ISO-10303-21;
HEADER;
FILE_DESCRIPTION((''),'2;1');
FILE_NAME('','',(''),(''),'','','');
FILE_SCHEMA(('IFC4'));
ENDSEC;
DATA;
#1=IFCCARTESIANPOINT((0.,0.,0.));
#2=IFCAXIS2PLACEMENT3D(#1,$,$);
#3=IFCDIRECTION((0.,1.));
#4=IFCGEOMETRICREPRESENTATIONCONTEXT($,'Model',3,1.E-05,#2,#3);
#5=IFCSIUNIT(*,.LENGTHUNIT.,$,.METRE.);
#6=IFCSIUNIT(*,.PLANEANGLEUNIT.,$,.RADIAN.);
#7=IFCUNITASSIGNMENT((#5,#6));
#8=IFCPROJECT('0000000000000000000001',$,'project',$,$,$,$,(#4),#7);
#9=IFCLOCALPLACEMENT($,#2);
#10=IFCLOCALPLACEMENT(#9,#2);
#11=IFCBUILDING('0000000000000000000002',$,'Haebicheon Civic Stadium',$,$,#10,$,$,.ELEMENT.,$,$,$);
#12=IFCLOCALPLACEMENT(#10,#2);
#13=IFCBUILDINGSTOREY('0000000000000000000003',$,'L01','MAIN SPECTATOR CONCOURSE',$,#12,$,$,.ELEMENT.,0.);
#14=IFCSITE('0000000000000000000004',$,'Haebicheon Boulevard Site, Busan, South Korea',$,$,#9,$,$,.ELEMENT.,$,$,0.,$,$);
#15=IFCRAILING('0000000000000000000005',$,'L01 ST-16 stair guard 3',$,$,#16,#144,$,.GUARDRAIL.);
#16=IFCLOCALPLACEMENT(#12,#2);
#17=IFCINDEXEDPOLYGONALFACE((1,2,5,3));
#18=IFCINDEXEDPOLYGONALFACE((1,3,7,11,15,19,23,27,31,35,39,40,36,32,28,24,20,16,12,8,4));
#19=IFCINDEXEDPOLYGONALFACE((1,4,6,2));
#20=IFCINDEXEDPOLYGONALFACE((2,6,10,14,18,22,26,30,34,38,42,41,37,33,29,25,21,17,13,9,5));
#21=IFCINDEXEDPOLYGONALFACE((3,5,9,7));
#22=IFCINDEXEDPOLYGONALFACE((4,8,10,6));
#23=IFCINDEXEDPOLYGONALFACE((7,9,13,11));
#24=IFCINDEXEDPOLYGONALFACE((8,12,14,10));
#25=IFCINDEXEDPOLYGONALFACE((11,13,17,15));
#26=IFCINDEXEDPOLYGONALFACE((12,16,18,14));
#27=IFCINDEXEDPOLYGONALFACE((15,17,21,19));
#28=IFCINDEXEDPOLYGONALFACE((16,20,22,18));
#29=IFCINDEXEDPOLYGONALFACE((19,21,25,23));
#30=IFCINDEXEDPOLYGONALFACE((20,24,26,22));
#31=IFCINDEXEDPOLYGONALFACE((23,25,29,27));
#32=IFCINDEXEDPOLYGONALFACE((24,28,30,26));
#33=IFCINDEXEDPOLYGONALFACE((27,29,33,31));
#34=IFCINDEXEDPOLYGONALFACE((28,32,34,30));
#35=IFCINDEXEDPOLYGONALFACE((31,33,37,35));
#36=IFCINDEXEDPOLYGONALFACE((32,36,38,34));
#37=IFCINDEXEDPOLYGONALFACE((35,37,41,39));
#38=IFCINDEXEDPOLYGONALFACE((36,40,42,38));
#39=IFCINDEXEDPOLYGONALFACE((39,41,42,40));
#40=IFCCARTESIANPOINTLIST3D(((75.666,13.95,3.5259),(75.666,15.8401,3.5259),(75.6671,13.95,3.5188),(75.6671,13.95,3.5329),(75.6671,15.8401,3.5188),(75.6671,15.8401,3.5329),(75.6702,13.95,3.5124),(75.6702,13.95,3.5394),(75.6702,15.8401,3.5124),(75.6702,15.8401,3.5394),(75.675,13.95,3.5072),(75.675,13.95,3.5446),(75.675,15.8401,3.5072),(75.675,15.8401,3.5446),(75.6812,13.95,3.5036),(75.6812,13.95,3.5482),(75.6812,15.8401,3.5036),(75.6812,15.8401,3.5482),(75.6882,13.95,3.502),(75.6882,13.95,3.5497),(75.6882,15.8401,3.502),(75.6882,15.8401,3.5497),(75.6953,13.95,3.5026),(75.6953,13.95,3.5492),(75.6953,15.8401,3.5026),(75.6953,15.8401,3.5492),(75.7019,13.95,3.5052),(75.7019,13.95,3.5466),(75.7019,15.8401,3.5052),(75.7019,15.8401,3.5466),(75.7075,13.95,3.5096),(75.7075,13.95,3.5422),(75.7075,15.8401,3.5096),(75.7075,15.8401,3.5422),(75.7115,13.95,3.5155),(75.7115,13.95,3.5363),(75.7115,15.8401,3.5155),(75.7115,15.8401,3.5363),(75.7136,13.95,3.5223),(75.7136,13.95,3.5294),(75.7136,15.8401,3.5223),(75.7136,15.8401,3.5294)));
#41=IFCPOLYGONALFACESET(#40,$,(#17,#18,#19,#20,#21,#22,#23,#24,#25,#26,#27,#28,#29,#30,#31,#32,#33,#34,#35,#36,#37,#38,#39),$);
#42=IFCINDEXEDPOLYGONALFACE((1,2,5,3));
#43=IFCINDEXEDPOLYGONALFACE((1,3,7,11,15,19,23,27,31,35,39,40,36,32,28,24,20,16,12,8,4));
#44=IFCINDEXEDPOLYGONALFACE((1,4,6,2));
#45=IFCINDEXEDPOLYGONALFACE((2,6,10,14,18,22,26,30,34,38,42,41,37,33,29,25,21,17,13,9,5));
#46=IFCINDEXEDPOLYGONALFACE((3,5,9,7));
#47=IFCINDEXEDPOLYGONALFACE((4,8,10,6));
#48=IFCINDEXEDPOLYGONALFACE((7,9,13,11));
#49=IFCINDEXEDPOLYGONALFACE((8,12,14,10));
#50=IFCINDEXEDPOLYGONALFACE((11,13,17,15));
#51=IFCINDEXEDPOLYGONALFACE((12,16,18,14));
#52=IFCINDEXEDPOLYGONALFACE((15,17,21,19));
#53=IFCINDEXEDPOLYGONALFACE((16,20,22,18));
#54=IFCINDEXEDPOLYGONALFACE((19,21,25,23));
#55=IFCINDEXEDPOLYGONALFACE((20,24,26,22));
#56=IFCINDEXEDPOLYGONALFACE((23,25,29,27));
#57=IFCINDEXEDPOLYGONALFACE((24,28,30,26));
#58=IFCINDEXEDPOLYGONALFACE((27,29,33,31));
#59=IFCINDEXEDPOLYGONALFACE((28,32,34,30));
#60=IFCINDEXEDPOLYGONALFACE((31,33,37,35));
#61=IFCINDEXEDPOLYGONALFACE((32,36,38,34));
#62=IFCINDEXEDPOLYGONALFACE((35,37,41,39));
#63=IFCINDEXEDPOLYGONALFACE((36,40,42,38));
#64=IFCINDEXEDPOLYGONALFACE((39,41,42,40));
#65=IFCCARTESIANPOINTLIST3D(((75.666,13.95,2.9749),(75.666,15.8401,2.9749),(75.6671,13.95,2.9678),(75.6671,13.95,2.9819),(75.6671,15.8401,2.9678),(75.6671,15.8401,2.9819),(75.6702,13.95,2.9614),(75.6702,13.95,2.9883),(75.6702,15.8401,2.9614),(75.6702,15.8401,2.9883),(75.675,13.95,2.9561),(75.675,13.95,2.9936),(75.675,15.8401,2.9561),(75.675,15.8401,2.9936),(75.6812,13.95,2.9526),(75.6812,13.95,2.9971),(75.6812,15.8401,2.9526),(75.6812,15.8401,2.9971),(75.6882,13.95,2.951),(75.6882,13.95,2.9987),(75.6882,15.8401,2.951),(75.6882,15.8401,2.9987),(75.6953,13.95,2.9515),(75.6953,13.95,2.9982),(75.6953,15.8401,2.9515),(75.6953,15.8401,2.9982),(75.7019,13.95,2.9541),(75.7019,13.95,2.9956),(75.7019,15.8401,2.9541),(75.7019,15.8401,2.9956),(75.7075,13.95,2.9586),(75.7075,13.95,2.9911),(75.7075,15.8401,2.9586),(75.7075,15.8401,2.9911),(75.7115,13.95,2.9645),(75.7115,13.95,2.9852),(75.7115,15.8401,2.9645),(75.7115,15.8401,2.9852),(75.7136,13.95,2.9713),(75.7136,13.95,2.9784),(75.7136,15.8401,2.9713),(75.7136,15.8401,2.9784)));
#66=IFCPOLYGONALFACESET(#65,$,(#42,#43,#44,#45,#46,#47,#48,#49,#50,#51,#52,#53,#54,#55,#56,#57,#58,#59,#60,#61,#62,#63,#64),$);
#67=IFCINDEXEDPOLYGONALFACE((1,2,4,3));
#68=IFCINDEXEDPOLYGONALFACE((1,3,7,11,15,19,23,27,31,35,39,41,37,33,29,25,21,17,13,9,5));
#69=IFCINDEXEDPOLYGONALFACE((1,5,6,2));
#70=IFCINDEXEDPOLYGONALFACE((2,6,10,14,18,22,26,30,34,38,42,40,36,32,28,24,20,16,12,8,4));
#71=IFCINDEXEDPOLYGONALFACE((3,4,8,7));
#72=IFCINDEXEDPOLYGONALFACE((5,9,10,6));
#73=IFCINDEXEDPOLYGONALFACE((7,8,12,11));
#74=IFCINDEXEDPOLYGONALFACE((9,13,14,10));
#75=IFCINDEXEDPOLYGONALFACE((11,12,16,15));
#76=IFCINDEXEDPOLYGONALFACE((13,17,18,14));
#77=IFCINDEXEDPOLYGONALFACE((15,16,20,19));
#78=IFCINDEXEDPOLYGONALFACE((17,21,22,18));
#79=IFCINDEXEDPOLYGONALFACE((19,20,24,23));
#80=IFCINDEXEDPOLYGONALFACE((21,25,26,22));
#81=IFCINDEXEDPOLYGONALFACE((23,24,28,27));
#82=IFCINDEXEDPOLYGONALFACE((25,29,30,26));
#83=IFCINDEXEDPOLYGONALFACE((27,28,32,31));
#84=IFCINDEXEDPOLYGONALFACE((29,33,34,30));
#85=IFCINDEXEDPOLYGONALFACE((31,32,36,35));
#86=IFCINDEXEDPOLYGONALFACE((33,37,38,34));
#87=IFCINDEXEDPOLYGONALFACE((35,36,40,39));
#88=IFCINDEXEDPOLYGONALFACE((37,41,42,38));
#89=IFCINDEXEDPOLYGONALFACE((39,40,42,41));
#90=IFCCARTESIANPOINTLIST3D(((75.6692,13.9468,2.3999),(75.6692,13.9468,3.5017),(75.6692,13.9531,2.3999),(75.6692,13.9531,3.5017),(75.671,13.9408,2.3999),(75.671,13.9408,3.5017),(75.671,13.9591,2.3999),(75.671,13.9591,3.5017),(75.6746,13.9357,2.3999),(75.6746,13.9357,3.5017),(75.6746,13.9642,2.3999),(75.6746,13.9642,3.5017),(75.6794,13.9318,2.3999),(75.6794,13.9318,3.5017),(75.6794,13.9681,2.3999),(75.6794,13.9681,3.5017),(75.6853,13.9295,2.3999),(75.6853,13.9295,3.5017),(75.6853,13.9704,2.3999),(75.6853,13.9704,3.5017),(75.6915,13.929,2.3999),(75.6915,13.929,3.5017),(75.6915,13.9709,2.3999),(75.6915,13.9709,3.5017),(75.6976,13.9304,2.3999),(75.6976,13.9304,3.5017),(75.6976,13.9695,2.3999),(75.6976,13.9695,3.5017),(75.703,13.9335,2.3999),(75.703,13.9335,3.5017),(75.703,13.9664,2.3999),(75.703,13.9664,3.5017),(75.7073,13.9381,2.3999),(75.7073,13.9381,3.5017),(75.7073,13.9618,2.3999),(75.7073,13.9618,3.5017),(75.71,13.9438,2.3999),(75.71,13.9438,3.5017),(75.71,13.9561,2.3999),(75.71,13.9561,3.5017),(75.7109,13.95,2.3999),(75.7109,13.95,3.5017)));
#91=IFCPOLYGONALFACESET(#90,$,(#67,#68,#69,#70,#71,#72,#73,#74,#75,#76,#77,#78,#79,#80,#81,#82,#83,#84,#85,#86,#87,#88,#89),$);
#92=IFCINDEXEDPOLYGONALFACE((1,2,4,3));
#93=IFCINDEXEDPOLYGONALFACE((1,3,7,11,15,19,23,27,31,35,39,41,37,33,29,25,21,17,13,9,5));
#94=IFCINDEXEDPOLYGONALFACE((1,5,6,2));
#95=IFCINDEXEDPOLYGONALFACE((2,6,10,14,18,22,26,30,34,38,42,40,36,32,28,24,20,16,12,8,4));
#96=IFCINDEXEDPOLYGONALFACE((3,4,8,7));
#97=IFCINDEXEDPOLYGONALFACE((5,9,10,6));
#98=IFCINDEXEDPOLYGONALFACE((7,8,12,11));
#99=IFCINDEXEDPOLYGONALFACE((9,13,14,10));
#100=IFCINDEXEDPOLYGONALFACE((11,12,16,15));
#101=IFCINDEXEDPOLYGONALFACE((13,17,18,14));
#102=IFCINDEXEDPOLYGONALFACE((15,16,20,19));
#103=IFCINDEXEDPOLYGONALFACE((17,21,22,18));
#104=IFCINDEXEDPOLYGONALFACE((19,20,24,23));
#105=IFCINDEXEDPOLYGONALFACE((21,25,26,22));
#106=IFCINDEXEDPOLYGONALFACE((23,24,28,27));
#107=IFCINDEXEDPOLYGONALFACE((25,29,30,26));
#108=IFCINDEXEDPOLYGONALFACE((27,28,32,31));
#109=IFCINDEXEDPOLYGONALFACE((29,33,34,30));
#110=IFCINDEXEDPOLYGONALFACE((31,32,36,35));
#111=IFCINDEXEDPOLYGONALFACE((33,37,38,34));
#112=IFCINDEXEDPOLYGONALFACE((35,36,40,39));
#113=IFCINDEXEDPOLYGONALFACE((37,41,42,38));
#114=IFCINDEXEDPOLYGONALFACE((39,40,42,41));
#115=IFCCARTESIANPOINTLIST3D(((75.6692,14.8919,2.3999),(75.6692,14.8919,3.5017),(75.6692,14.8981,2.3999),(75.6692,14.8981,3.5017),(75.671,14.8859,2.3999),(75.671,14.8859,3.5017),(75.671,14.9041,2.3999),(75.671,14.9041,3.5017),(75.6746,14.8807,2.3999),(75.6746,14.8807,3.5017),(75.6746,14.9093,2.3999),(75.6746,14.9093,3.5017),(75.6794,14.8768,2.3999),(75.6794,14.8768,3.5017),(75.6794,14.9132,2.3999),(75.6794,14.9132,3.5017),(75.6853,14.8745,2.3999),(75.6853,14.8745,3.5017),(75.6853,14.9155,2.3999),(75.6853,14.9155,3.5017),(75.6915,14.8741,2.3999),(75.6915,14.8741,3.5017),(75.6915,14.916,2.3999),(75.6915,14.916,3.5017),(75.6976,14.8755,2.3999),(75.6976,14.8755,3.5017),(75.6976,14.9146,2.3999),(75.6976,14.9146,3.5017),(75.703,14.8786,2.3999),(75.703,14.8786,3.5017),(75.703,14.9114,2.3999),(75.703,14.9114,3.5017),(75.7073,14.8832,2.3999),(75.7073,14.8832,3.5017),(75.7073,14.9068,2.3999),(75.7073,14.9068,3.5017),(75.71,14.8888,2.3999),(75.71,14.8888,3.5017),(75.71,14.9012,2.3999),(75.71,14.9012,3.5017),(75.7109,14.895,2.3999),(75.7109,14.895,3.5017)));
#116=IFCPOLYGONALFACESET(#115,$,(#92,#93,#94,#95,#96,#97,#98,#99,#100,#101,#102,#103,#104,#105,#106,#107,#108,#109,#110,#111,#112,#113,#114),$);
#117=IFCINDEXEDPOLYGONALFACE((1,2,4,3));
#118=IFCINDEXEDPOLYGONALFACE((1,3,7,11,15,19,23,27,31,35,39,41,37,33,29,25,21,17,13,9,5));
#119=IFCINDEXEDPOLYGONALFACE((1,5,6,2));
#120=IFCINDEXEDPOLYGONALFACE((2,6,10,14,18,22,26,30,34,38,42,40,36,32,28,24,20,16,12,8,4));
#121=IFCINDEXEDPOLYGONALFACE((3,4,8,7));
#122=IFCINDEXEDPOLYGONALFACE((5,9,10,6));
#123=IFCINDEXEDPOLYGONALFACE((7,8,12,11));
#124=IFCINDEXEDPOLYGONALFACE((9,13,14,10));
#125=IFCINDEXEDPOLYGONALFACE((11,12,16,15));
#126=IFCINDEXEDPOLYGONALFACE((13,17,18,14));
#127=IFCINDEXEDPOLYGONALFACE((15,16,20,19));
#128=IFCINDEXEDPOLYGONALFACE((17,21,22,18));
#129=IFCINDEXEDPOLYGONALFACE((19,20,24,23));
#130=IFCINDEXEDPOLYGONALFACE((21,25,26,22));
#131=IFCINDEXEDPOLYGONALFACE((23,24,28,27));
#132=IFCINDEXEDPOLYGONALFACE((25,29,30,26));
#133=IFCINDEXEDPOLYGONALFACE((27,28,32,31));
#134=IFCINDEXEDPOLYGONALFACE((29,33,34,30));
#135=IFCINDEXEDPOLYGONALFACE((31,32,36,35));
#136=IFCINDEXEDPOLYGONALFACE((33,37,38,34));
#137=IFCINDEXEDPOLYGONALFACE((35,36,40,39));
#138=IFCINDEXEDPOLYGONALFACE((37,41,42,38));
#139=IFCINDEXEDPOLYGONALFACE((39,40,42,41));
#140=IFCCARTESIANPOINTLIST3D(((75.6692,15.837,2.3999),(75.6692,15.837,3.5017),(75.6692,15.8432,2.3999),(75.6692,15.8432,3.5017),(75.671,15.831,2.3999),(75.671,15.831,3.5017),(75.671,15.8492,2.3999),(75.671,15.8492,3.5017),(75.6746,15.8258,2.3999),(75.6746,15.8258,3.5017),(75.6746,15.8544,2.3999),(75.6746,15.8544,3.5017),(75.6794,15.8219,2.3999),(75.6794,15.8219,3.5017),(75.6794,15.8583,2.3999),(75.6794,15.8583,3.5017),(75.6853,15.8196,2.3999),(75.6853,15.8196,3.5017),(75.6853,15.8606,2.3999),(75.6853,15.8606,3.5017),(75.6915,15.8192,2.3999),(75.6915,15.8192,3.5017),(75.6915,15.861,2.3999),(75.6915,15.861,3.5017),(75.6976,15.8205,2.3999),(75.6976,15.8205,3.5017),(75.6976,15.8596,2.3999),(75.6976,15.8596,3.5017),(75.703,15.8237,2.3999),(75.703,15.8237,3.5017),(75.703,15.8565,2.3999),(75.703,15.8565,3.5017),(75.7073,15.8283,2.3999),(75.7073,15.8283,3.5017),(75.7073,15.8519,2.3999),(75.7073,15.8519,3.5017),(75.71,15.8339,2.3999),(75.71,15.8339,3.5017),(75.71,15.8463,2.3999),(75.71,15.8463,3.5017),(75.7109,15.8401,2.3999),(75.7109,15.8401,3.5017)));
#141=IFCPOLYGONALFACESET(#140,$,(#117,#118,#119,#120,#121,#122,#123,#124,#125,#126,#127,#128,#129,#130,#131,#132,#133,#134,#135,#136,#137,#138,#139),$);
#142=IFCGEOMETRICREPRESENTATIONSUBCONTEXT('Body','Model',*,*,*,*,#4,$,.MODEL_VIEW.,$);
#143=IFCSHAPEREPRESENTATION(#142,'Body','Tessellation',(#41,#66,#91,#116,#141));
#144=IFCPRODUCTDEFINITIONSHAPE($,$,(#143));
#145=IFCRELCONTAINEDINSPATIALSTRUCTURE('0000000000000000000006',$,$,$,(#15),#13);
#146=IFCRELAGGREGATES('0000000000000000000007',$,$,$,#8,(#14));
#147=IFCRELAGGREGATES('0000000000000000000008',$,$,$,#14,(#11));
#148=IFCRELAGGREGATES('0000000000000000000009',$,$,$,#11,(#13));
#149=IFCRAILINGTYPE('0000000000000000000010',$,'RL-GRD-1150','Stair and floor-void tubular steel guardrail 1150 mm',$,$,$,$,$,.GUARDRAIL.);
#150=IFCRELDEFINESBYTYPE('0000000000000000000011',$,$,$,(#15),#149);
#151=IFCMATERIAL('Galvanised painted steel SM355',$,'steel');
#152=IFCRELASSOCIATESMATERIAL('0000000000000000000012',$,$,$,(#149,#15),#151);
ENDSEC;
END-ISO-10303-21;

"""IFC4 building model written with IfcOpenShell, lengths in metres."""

from ifc_helpers import new_model, si_unit, direction, frame, origin, origin_2d, place, context, subcontext, project, spatial, circle, extrude, material, type_object, element, save


model = new_model("IFC4")

# Units and contexts
model_context = context("Model", 3, precision=1e-05, world=origin(), true_north=direction((0.0, 1.0)))
body_context = subcontext(model_context, "Body", "Model", "MODEL_VIEW")
ifc_project = project(units=[si_unit("LENGTHUNIT", "METRE"), si_unit("PLANEANGLEUNIT", "RADIAN")], contexts=[model_context])

# Site, building, storey
site_placement = place(None, origin())
site = spatial("IfcSite", under=ifc_project, at=site_placement, Name="Haebicheon Boulevard Site, Busan, South Korea", CompositionType="ELEMENT", RefElevation=0.0)
building_placement = place(site_placement, origin())
building = spatial("IfcBuilding", under=site, at=building_placement, Name="Haebicheon Civic Stadium", CompositionType="ELEMENT")
storey_placement = place(building_placement, origin())
storey = spatial("IfcBuildingStorey", under=building, at=storey_placement, Name="L01", Description="MAIN SPECTATOR CONCOURSE", CompositionType="ELEMENT", Elevation=0.0)

# Railing
ifc_material_1 = material(Name="Galvanised painted steel SM355", Category="steel")
railing_type_1 = type_object("IfcRailingType", Name="RL-GRD-1150", Description="Stair and floor-void tubular steel guardrail 1150 mm", PredefinedType="GUARDRAIL", material=ifc_material_1)
railing_1_placement = place(storey_placement, frame((75.6899, 13.95, 2.3999)))
element("IfcRailing", 1, at=railing_1_placement, inside=storey, type_object=railing_type_1, material=ifc_material_1, Name="L01 ST-16 stair guard 3", PredefinedType="GUARDRAIL", context=body_context, shape_type="SweptSolid", body=[
    extrude(circle(Radius=0.0239, at=origin_2d()), frame((0.0, 0.0, 1.126), z_axis=(0.0, 1.0, 0.0), x_axis=(-1.0, 0.0, 0.0)), (0.0, 0.0, 1.0), 1.8901),
    extrude(circle(Radius=0.0239, at=origin_2d()), frame((0.0, 0.0, 0.575), z_axis=(0.0, 1.0, 0.0), x_axis=(-1.0, 0.0, 0.0)), (0.0, 0.0, 1.0), 1.8901),
    extrude(circle(Radius=0.021, at=origin_2d()), origin(), (0.0, 0.0, 1.0), 1.1018),
    extrude(circle(Radius=0.021, at=origin_2d()), frame((0.0, 0.9451, 0.0)), (0.0, 0.0, 1.0), 1.1018),
    extrude(circle(Radius=0.021, at=origin_2d()), frame((0.0, 1.8901, 0.0)), (0.0, 0.0, 1.0), 1.1018),
])

save(model, "model.ifc")
